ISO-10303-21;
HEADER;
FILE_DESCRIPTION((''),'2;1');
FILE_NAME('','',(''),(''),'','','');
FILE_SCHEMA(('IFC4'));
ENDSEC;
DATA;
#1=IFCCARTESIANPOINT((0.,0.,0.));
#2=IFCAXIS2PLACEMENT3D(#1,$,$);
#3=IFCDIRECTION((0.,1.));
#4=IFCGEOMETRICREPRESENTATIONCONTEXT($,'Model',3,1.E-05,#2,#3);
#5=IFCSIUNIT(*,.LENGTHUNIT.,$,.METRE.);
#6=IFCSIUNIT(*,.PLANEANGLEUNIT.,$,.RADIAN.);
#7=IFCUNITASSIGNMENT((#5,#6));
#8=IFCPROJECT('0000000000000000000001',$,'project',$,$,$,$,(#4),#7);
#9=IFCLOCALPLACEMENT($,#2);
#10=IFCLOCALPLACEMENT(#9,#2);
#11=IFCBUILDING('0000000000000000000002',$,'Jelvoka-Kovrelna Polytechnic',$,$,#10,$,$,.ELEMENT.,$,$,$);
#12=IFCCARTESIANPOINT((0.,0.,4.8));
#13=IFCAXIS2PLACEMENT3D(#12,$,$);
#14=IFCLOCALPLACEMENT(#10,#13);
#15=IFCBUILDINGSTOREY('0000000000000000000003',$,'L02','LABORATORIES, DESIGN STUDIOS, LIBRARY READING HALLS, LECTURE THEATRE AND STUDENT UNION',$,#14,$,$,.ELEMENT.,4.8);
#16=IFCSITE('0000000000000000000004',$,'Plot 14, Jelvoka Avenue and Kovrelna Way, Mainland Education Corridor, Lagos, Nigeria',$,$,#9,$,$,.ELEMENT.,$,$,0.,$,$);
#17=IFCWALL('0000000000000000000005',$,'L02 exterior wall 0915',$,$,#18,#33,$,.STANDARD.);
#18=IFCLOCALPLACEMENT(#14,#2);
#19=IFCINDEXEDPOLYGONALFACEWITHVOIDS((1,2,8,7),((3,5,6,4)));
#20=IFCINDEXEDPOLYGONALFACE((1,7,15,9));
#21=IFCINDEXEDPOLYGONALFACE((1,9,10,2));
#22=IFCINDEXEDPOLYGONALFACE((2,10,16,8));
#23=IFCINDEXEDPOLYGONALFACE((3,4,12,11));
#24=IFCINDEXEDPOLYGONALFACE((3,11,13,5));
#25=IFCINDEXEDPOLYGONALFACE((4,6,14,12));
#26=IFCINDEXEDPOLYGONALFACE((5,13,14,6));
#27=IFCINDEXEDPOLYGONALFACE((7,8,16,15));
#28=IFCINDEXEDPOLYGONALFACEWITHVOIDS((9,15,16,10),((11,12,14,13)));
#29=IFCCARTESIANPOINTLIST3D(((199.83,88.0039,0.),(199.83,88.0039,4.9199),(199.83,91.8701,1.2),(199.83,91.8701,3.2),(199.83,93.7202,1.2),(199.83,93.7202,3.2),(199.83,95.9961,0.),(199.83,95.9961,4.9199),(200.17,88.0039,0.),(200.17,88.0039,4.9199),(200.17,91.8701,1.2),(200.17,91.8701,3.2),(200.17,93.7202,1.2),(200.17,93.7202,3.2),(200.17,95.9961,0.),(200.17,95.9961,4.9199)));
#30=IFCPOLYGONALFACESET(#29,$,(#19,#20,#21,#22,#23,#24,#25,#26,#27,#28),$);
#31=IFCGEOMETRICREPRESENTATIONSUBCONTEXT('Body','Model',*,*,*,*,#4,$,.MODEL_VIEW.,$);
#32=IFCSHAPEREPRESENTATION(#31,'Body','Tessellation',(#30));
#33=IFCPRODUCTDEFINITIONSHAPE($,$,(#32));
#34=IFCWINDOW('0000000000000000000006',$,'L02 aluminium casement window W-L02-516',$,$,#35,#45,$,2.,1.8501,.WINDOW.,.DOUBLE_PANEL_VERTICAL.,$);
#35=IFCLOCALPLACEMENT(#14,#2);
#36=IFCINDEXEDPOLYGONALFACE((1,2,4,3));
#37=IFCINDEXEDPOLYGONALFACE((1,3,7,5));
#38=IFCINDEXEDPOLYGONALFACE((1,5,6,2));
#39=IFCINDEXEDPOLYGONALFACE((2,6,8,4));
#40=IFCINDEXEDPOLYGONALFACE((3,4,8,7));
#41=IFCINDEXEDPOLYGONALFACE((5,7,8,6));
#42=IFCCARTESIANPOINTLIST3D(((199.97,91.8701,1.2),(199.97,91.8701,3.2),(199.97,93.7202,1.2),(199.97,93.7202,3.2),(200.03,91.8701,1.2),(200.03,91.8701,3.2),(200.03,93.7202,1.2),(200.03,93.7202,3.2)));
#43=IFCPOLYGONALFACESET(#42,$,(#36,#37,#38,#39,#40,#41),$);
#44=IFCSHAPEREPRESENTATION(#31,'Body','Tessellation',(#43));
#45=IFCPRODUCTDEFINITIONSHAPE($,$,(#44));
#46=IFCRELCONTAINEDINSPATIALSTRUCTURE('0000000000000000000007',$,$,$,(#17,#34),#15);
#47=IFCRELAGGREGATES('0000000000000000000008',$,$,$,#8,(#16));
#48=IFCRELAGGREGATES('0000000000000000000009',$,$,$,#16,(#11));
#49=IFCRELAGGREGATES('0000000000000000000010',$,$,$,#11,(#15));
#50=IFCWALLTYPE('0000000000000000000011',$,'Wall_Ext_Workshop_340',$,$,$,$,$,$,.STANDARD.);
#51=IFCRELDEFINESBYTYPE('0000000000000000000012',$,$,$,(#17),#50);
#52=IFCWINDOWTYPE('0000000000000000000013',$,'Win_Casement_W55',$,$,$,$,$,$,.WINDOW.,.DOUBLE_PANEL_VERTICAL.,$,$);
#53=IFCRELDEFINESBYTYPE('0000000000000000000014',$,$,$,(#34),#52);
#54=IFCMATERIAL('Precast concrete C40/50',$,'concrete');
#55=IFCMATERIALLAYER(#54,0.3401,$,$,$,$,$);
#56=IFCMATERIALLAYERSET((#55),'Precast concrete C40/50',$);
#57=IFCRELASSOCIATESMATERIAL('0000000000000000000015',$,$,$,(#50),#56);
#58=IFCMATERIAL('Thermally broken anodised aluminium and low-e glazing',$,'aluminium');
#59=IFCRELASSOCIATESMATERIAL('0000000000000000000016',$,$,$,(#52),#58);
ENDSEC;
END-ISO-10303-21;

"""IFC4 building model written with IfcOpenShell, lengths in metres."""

from ifc_helpers import new_model, si_unit, direction, frame, frame_2d, origin, place, context, subcontext, project, spatial, rectangle, extrude, material, layer, layer_set, type_object, element, fill, save


model = new_model("IFC4")

# Units and contexts
model_context = context("Model", 3, precision=1e-05, world=origin(), true_north=direction((0.0, 1.0)))
body_context = subcontext(model_context, "Body", "Model", "MODEL_VIEW")
ifc_project = project(units=[si_unit("LENGTHUNIT", "METRE"), si_unit("PLANEANGLEUNIT", "RADIAN")], contexts=[model_context])

# Site, building, storey
site_placement = place(None, origin())
site = spatial("IfcSite", under=ifc_project, at=site_placement, Name="Plot 14, Jelvoka Avenue and Kovrelna Way, Mainland Education Corridor, Lagos, Nigeria", CompositionType="ELEMENT", RefElevation=0.0)
building_placement = place(site_placement, origin())
building = spatial("IfcBuilding", under=site, at=building_placement, Name="Jelvoka-Kovrelna Polytechnic", CompositionType="ELEMENT")
storey_placement = place(building_placement, frame((0.0, 0.0, 4.8)))
storey = spatial("IfcBuildingStorey", under=building, at=storey_placement, Name="L02", Description="LABORATORIES, DESIGN STUDIOS, LIBRARY READING HALLS, LECTURE THEATRE AND STUDENT UNION", CompositionType="ELEMENT", Elevation=4.8)

# Wall, opening, window
ifc_material_1 = material(Name="Precast concrete C40/50", Category="concrete")
ifc_layer_1 = layer(ifc_material_1, 0.3401)
ifc_layer_set_1 = layer_set([ifc_layer_1], Name="Precast concrete C40/50")
wall_type_1 = type_object("IfcWallType", Name="Wall_Ext_Workshop_340", PredefinedType="STANDARD", material=ifc_layer_set_1)
ifc_material_2 = material(Name="Thermally broken anodised aluminium and low-e glazing", Category="aluminium")
window_type_1 = type_object("IfcWindowType", Name="Win_Casement_W55", PartitioningType="DOUBLE_PANEL_VERTICAL", PredefinedType="WINDOW", material=ifc_material_2)
wall_1_placement = place(storey_placement, frame((200.0, 95.9961, 0.0), z_axis=(0.0, 0.0, 1.0), x_axis=(0.0, -1.0, 0.0)))
wall_1 = element("IfcWall", 1, at=wall_1_placement, inside=storey, type_object=wall_type_1, Name="L02 exterior wall 0915", PredefinedType="STANDARD", context=body_context, shape_type="SweptSolid", body=[
    extrude(rectangle(XDim=7.9922, YDim=0.3401, at=frame_2d((3.9961, 0.0))), origin(), (0.0, 0.0, 1.0), 4.9199),
])
opening_1_placement = place(wall_1_placement, frame((2.2759, 0.0, 1.2)))
opening_1 = element("IfcOpeningElement", 2, at=opening_1_placement, cuts=wall_1, PredefinedType="OPENING", context=body_context, shape_type="SweptSolid", body=[
    extrude(rectangle(XDim=1.8501, YDim=2.0, at=frame_2d((0.925, 1.0))), frame((0.0, 0.1799, 0.0), z_axis=(0.0, -1.0, 0.0), x_axis=(1.0, 0.0, 0.0)), (0.0, 0.0, 1.0), 0.3601),
])
window_1_placement = place(opening_1_placement, origin())
window_1 = element("IfcWindow", 3, at=window_1_placement, inside=storey, type_object=window_type_1, Name="L02 aluminium casement window W-L02-516", OverallHeight=2.0, OverallWidth=1.8501, PartitioningType="DOUBLE_PANEL_VERTICAL", PredefinedType="WINDOW", context=body_context, shape_type="SweptSolid", body=[
    extrude(rectangle(XDim=1.8501, YDim=2.0, at=frame_2d((0.925, 1.0))), frame((0.0, 0.03, 0.0), z_axis=(0.0, -1.0, 0.0), x_axis=(1.0, 0.0, 0.0)), (0.0, 0.0, 1.0), 0.0601),
])
fill(opening_1, window_1)

save(model, "model.ifc")
